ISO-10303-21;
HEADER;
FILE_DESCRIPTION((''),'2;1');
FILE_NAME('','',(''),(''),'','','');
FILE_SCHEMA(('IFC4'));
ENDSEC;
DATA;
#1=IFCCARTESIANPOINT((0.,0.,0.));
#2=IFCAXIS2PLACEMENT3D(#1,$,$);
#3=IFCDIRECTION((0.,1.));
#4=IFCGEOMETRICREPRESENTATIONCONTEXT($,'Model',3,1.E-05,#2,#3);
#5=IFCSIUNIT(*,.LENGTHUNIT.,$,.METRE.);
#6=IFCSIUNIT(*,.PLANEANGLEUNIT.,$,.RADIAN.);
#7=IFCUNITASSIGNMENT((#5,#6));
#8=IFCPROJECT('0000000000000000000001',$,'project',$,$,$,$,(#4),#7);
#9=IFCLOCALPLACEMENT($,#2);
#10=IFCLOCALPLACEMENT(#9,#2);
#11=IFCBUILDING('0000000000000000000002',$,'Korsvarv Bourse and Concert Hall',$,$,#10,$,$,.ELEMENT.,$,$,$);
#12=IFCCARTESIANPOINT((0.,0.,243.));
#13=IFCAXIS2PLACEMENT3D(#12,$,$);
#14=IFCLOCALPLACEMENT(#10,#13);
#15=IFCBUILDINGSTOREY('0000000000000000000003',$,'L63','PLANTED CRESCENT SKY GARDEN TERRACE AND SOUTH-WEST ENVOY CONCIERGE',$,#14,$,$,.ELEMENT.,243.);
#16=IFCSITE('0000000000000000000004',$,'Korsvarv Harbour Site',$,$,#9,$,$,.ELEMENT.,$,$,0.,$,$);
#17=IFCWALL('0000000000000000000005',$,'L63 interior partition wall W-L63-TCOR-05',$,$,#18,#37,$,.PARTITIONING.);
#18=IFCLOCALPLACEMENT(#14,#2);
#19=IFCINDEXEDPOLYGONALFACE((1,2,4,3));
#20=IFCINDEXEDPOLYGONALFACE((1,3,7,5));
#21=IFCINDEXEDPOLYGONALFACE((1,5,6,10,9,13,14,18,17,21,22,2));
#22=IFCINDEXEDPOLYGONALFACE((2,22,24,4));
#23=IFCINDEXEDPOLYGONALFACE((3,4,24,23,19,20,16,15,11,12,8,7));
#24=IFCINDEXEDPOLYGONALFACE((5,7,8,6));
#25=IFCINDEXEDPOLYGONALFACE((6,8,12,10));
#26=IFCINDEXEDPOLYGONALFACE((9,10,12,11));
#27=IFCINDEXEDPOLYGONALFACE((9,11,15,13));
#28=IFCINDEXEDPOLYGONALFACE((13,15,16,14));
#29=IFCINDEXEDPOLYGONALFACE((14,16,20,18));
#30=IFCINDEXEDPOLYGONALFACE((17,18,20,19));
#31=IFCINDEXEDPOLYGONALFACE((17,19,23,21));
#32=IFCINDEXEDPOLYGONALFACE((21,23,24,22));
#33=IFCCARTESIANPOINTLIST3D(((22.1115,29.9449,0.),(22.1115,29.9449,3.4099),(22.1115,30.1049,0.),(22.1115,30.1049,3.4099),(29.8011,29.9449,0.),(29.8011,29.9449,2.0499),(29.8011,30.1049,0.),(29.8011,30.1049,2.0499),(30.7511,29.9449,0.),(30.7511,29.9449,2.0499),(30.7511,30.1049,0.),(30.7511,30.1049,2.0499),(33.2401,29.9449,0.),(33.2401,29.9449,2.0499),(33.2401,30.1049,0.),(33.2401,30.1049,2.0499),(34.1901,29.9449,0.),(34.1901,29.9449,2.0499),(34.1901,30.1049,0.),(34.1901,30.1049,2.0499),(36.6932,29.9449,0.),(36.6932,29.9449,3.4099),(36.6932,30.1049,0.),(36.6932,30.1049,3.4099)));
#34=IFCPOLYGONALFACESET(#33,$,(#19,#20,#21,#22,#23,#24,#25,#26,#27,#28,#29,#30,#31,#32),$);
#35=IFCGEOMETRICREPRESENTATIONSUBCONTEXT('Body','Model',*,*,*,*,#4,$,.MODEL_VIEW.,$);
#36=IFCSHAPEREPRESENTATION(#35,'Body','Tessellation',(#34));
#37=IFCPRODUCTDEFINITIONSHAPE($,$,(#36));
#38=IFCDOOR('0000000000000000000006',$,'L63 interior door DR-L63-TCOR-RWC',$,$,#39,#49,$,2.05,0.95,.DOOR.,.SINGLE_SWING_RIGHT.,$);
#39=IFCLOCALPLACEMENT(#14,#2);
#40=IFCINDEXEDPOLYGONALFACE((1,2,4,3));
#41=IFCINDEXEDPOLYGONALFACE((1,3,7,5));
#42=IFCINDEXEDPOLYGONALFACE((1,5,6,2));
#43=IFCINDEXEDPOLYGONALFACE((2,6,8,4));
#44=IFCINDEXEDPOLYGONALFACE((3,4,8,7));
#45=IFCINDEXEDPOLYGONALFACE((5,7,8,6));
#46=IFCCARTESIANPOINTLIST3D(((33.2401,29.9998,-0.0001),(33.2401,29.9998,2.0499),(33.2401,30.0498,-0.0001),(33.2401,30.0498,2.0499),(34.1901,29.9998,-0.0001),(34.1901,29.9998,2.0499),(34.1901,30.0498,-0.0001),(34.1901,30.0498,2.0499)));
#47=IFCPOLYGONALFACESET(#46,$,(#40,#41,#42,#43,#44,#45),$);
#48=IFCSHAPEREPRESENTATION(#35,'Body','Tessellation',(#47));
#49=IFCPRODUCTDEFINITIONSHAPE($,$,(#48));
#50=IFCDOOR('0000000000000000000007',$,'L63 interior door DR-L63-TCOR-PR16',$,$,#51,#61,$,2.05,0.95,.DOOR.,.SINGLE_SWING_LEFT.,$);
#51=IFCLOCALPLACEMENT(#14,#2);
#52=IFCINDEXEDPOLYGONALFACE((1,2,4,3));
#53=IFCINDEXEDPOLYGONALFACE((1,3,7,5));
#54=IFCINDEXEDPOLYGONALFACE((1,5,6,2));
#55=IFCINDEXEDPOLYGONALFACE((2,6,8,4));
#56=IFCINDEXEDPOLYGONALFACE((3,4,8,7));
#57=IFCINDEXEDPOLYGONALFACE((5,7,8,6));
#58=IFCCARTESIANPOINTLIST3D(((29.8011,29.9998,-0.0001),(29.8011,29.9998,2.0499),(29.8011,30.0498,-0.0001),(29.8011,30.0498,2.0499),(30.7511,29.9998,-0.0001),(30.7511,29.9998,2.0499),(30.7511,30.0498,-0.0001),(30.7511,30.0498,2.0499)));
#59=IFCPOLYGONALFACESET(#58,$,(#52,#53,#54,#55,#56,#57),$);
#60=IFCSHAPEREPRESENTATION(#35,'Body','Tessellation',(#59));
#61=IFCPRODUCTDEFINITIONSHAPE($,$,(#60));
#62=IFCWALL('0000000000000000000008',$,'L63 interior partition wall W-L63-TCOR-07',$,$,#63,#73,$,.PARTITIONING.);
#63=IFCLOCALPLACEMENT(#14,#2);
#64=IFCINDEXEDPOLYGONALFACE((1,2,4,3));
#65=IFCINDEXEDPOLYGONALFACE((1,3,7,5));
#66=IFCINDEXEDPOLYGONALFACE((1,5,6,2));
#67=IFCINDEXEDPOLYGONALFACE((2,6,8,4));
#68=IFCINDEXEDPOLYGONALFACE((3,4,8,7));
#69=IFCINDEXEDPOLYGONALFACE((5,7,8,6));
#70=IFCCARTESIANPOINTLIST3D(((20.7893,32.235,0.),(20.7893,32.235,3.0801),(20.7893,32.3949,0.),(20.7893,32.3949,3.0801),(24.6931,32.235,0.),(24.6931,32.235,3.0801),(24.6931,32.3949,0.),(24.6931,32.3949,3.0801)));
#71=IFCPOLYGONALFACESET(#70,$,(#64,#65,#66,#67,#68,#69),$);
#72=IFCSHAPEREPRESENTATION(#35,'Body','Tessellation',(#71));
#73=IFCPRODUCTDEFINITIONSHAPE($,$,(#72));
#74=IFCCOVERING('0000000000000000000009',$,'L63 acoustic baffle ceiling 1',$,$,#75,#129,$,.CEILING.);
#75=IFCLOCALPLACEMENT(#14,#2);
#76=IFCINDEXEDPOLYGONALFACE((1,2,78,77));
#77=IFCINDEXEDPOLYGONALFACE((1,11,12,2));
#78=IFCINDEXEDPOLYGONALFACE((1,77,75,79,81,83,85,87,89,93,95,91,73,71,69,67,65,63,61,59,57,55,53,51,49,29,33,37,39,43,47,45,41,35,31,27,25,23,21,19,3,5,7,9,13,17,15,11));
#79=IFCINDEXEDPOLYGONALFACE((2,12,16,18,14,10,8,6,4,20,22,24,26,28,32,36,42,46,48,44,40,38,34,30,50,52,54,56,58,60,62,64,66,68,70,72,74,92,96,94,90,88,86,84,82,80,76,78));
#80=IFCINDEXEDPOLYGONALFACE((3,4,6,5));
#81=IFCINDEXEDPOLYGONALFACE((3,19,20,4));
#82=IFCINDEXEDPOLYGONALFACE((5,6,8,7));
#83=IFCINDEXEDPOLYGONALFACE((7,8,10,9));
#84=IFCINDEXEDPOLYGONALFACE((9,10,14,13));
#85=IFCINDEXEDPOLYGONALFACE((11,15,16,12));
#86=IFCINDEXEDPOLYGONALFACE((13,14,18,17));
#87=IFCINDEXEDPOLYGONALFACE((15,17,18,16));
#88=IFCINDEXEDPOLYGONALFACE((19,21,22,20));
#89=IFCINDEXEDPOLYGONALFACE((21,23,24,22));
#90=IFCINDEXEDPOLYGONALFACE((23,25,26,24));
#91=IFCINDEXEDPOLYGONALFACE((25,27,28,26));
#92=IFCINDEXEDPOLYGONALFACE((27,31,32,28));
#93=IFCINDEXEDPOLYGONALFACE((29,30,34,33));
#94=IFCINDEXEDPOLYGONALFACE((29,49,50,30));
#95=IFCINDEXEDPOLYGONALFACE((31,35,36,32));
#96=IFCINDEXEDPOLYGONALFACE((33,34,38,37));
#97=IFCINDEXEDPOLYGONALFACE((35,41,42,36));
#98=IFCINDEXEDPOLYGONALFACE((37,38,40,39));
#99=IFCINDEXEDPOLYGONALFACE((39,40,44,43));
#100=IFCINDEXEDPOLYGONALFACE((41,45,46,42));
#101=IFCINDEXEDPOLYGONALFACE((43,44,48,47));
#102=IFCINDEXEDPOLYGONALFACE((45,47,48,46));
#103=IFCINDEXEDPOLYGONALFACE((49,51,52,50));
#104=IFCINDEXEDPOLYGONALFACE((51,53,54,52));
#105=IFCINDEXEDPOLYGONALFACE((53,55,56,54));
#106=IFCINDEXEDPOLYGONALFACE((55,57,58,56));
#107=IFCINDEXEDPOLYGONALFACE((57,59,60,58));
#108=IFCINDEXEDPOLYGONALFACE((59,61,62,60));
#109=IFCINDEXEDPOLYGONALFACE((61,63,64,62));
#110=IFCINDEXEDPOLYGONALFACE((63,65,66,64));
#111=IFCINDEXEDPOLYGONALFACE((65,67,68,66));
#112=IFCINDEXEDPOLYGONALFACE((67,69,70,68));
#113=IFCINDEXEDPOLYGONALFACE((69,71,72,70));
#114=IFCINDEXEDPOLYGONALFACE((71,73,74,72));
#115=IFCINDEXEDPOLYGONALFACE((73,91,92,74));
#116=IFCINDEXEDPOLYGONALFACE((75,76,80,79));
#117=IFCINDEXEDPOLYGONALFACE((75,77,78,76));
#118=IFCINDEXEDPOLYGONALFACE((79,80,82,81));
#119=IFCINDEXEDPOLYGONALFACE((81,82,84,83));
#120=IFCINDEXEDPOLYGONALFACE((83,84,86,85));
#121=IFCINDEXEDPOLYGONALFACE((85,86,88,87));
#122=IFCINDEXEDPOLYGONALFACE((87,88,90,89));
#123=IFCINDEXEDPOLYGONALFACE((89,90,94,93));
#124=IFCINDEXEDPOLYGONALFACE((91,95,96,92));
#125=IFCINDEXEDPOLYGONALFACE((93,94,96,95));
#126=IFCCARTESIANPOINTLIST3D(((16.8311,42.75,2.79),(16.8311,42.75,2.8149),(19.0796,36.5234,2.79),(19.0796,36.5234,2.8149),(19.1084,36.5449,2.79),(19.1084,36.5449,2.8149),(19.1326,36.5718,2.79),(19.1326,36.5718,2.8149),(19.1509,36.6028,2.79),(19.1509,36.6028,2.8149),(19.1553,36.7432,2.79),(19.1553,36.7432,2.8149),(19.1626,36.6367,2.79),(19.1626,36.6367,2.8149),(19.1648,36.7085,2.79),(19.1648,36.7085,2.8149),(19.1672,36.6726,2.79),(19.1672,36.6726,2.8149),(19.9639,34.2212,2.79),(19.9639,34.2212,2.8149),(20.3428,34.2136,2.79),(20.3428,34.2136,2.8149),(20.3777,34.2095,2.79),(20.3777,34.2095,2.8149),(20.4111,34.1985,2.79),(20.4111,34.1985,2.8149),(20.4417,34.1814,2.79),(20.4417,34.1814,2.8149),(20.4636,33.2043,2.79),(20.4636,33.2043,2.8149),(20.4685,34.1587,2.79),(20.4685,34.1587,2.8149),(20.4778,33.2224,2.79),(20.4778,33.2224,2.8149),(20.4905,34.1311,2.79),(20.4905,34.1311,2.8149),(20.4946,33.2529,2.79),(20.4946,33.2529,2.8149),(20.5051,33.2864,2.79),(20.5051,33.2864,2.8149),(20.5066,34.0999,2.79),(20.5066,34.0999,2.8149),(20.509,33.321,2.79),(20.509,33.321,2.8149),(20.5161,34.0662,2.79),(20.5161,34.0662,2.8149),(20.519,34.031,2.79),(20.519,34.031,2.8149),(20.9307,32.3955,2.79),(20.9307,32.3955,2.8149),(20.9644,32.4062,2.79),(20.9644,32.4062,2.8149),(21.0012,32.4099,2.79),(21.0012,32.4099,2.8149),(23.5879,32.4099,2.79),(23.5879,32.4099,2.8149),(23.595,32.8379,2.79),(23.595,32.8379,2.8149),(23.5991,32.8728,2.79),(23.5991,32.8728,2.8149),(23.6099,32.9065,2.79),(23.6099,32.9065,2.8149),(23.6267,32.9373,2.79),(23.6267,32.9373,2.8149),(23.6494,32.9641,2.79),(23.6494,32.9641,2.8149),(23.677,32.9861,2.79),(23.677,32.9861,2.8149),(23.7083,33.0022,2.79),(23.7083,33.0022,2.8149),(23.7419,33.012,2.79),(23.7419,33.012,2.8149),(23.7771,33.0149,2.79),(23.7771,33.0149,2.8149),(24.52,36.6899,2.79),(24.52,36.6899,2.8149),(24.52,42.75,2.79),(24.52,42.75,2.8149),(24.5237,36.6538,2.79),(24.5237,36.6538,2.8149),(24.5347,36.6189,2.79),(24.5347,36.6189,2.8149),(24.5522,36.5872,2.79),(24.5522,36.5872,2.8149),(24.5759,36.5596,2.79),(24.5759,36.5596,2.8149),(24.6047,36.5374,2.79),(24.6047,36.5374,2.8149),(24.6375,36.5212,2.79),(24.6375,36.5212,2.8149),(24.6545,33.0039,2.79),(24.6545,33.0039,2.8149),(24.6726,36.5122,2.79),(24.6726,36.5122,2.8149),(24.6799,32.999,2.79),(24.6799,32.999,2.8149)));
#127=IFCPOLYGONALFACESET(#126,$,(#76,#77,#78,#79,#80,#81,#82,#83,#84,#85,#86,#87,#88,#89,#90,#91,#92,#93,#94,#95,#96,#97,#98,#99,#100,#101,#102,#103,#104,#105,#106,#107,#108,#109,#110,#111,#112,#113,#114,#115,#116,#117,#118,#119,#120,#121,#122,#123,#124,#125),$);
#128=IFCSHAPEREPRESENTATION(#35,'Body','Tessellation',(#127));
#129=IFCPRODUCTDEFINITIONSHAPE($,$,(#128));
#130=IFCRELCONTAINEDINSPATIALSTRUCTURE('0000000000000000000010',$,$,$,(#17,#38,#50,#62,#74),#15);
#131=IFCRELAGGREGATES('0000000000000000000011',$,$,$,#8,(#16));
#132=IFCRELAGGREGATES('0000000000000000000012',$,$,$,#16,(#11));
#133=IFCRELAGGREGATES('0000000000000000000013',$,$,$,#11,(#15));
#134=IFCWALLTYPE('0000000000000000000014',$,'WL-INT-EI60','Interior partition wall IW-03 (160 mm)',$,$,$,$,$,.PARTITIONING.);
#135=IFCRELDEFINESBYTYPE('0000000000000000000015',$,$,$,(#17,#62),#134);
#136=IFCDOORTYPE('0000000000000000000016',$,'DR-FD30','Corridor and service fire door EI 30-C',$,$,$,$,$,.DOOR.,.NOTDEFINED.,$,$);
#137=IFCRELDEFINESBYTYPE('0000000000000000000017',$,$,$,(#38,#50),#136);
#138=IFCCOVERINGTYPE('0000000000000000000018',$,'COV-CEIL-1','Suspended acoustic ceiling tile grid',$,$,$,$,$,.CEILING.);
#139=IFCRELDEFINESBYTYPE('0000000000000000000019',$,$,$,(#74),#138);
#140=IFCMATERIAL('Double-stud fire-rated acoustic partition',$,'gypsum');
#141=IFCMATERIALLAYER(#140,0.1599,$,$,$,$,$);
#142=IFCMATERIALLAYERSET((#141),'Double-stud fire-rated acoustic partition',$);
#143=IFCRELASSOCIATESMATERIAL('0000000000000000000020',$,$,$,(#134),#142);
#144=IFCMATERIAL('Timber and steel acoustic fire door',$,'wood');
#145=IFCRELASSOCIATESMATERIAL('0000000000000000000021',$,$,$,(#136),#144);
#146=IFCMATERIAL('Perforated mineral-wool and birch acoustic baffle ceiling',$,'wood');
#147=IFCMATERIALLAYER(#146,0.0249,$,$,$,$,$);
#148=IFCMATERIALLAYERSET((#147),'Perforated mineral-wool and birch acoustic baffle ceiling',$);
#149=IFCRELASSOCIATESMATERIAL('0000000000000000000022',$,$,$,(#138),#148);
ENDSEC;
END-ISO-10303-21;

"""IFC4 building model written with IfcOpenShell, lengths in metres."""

from ifc_helpers import new_model, si_unit, direction, frame, frame_2d, origin, place, context, subcontext, project, spatial, polyline, rectangle, outline, extrude, material, layer, layer_set, type_object, element, fill, save


model = new_model("IFC4")

# Units and contexts
model_context = context("Model", 3, precision=1e-05, world=origin(), true_north=direction((0.0, 1.0)))
body_context = subcontext(model_context, "Body", "Model", "MODEL_VIEW")
ifc_project = project(units=[si_unit("LENGTHUNIT", "METRE"), si_unit("PLANEANGLEUNIT", "RADIAN")], contexts=[model_context])

# Site, building, storey
site_placement = place(None, origin())
site = spatial("IfcSite", under=ifc_project, at=site_placement, Name="Korsvarv Harbour Site", CompositionType="ELEMENT", RefElevation=0.0)
building_placement = place(site_placement, origin())
building = spatial("IfcBuilding", under=site, at=building_placement, Name="Korsvarv Bourse and Concert Hall", CompositionType="ELEMENT")
storey_placement = place(building_placement, frame((0.0, 0.0, 243.0)))
storey = spatial("IfcBuildingStorey", under=building, at=storey_placement, Name="L63", Description="PLANTED CRESCENT SKY GARDEN TERRACE AND SOUTH-WEST ENVOY CONCIERGE", CompositionType="ELEMENT", Elevation=243.0)

# Wall, openings, doors
ifc_material_1 = material(Name="Double-stud fire-rated acoustic partition", Category="gypsum")
ifc_layer_1 = layer(ifc_material_1, 0.1599)
ifc_layer_set_1 = layer_set([ifc_layer_1], Name="Double-stud fire-rated acoustic partition")
wall_type = type_object("IfcWallType", Name="WL-INT-EI60", Description="Interior partition wall IW-03 (160 mm)", PredefinedType="PARTITIONING", material=ifc_layer_set_1)
wall_1_placement = place(storey_placement, frame((22.1113, 30.0249, 0.0), z_axis=(0.0, 0.0, 1.0), x_axis=(1.0, 0.0, 0.0)))
wall_1 = element("IfcWall", 1, at=wall_1_placement, inside=storey, type_object=wall_type, Name="L63 interior partition wall W-L63-TCOR-05", PredefinedType="PARTITIONING", context=body_context, shape_type="SweptSolid", body=[
    extrude(rectangle(XDim=14.5818, YDim=0.1599, at=frame_2d((7.291, 0.0))), origin(), (0.0, 0.0, 1.0), 3.4099),
])
opening_1_placement = place(wall_1_placement, frame((11.1287, 0.0, 0.0)))
opening_1 = element("IfcOpeningElement", 2, at=opening_1_placement, cuts=wall_1, PredefinedType="OPENING", context=body_context, shape_type="SweptSolid", body=[
    extrude(rectangle(XDim=0.95, YDim=2.05, at=frame_2d((0.4751, 1.0249))), frame((0.0, 0.0898, 0.0), z_axis=(0.0, -1.0, 0.0), x_axis=(1.0, 0.0, 0.0)), (0.0, 0.0, 1.0), 0.1799),
])
opening_2_placement = place(wall_1_placement, frame((7.6897, 0.0, 0.0)))
opening_2 = element("IfcOpeningElement", 3, at=opening_2_placement, cuts=wall_1, PredefinedType="OPENING", context=body_context, shape_type="SweptSolid", body=[
    extrude(rectangle(XDim=0.95, YDim=2.05, at=frame_2d((0.4751, 1.0249))), frame((0.0, 0.0898, 0.0), z_axis=(0.0, -1.0, 0.0), x_axis=(1.0, 0.0, 0.0)), (0.0, 0.0, 1.0), 0.1799),
])
ifc_material_2 = material(Name="Timber and steel acoustic fire door", Category="wood")
door_type = type_object("IfcDoorType", Name="DR-FD30", Description="Corridor and service fire door EI 30-C", OperationType="NOTDEFINED", PredefinedType="DOOR", material=ifc_material_2)
door_1_placement = place(opening_1_placement, origin())
door_1 = element("IfcDoor", 4, at=door_1_placement, inside=storey, type_object=door_type, Name="L63 interior door DR-L63-TCOR-RWC", OperationType="SINGLE_SWING_RIGHT", OverallHeight=2.05, OverallWidth=0.95, PredefinedType="DOOR", context=body_context, shape_type="SweptSolid", body=[
    extrude(rectangle(XDim=0.95, YDim=2.05, at=frame_2d((0.4751, 1.0249))), frame((0.0, 0.0249, 0.0), z_axis=(0.0, -1.0, 0.0), x_axis=(1.0, 0.0, 0.0)), (0.0, 0.0, 1.0), 0.05),
])
fill(opening_1, door_1)
door_2_placement = place(opening_2_placement, origin())
door_2 = element("IfcDoor", 5, at=door_2_placement, inside=storey, type_object=door_type, Name="L63 interior door DR-L63-TCOR-PR16", OperationType="SINGLE_SWING_LEFT", OverallHeight=2.05, OverallWidth=0.95, PredefinedType="DOOR", context=body_context, shape_type="SweptSolid", body=[
    extrude(rectangle(XDim=0.95, YDim=2.05, at=frame_2d((0.4751, 1.0249))), frame((0.0, 0.0249, 0.0), z_axis=(0.0, -1.0, 0.0), x_axis=(1.0, 0.0, 0.0)), (0.0, 0.0, 1.0), 0.05),
])
fill(opening_2, door_2)

# Wall
wall_2_placement = place(storey_placement, frame((20.7893, 32.3149, 0.0), z_axis=(0.0, 0.0, 1.0), x_axis=(1.0, 0.0, 0.0)))
element("IfcWall", 6, at=wall_2_placement, inside=storey, type_object=wall_type, Name="L63 interior partition wall W-L63-TCOR-07", PredefinedType="PARTITIONING", context=body_context, shape_type="SweptSolid", body=[
    extrude(rectangle(XDim=3.9038, YDim=0.1599, at=frame_2d((1.9519, 0.0))), origin(), (0.0, 0.0, 1.0), 3.0801),
])

# Covering
ifc_material_3 = material(Name="Perforated mineral-wool and birch acoustic baffle ceiling", Category="wood")
ifc_layer_2 = layer(ifc_material_3, 0.0249)
ifc_layer_set_2 = layer_set([ifc_layer_2], Name="Perforated mineral-wool and birch acoustic baffle ceiling")
covering_type_1 = type_object("IfcCoveringType", Name="COV-CEIL-1", Description="Suspended acoustic ceiling tile grid", PredefinedType="CEILING", material=ifc_layer_set_2)
covering_1_placement = place(storey_placement, frame((0.0, 0.0, 2.79)))
element("IfcCovering", 7, at=covering_1_placement, inside=storey, type_object=covering_type_1, Name="L63 acoustic baffle ceiling 1", PredefinedType="CEILING", context=body_context, shape_type="SweptSolid", body=[
    extrude(outline(polyline([(19.0796, 36.5234), (19.1084, 36.5449), (19.1326, 36.5718), (19.1509, 36.6028), (19.1626, 36.6367), (19.1672, 36.6726), (19.1648, 36.7085), (19.1553, 36.7432), (16.8311, 42.75), (24.52, 42.75), (24.52, 36.6899), (24.5237, 36.6538), (24.5347, 36.6189), (24.5522, 36.5872), (24.5759, 36.5596), (24.6047, 36.5374), (24.6375, 36.5212), (24.6726, 36.5122), (24.6799, 32.999), (24.6545, 33.0039), (23.7771, 33.0149), (23.7419, 33.012), (23.7083, 33.0022), (23.677, 32.9861), (23.6494, 32.9641), (23.6267, 32.9373), (23.6099, 32.9065), (23.5991, 32.8728), (23.595, 32.8379), (23.5879, 32.4099), (21.0012, 32.4099), (20.9644, 32.4062), (20.9307, 32.3955), (20.4636, 33.2043), (20.4778, 33.2224), (20.4946, 33.2529), (20.5051, 33.2864), (20.509, 33.321), (20.519, 34.031), (20.5161, 34.0662), (20.5066, 34.0999), (20.4905, 34.1311), (20.4685, 34.1587), (20.4417, 34.1814), (20.4111, 34.1985), (20.3777, 34.2095), (20.3428, 34.2136), (19.9639, 34.2212), (19.0796, 36.5234)])), origin(), (0.0, 0.0, 1.0), 0.0249),
])

save(model, "model.ifc")
